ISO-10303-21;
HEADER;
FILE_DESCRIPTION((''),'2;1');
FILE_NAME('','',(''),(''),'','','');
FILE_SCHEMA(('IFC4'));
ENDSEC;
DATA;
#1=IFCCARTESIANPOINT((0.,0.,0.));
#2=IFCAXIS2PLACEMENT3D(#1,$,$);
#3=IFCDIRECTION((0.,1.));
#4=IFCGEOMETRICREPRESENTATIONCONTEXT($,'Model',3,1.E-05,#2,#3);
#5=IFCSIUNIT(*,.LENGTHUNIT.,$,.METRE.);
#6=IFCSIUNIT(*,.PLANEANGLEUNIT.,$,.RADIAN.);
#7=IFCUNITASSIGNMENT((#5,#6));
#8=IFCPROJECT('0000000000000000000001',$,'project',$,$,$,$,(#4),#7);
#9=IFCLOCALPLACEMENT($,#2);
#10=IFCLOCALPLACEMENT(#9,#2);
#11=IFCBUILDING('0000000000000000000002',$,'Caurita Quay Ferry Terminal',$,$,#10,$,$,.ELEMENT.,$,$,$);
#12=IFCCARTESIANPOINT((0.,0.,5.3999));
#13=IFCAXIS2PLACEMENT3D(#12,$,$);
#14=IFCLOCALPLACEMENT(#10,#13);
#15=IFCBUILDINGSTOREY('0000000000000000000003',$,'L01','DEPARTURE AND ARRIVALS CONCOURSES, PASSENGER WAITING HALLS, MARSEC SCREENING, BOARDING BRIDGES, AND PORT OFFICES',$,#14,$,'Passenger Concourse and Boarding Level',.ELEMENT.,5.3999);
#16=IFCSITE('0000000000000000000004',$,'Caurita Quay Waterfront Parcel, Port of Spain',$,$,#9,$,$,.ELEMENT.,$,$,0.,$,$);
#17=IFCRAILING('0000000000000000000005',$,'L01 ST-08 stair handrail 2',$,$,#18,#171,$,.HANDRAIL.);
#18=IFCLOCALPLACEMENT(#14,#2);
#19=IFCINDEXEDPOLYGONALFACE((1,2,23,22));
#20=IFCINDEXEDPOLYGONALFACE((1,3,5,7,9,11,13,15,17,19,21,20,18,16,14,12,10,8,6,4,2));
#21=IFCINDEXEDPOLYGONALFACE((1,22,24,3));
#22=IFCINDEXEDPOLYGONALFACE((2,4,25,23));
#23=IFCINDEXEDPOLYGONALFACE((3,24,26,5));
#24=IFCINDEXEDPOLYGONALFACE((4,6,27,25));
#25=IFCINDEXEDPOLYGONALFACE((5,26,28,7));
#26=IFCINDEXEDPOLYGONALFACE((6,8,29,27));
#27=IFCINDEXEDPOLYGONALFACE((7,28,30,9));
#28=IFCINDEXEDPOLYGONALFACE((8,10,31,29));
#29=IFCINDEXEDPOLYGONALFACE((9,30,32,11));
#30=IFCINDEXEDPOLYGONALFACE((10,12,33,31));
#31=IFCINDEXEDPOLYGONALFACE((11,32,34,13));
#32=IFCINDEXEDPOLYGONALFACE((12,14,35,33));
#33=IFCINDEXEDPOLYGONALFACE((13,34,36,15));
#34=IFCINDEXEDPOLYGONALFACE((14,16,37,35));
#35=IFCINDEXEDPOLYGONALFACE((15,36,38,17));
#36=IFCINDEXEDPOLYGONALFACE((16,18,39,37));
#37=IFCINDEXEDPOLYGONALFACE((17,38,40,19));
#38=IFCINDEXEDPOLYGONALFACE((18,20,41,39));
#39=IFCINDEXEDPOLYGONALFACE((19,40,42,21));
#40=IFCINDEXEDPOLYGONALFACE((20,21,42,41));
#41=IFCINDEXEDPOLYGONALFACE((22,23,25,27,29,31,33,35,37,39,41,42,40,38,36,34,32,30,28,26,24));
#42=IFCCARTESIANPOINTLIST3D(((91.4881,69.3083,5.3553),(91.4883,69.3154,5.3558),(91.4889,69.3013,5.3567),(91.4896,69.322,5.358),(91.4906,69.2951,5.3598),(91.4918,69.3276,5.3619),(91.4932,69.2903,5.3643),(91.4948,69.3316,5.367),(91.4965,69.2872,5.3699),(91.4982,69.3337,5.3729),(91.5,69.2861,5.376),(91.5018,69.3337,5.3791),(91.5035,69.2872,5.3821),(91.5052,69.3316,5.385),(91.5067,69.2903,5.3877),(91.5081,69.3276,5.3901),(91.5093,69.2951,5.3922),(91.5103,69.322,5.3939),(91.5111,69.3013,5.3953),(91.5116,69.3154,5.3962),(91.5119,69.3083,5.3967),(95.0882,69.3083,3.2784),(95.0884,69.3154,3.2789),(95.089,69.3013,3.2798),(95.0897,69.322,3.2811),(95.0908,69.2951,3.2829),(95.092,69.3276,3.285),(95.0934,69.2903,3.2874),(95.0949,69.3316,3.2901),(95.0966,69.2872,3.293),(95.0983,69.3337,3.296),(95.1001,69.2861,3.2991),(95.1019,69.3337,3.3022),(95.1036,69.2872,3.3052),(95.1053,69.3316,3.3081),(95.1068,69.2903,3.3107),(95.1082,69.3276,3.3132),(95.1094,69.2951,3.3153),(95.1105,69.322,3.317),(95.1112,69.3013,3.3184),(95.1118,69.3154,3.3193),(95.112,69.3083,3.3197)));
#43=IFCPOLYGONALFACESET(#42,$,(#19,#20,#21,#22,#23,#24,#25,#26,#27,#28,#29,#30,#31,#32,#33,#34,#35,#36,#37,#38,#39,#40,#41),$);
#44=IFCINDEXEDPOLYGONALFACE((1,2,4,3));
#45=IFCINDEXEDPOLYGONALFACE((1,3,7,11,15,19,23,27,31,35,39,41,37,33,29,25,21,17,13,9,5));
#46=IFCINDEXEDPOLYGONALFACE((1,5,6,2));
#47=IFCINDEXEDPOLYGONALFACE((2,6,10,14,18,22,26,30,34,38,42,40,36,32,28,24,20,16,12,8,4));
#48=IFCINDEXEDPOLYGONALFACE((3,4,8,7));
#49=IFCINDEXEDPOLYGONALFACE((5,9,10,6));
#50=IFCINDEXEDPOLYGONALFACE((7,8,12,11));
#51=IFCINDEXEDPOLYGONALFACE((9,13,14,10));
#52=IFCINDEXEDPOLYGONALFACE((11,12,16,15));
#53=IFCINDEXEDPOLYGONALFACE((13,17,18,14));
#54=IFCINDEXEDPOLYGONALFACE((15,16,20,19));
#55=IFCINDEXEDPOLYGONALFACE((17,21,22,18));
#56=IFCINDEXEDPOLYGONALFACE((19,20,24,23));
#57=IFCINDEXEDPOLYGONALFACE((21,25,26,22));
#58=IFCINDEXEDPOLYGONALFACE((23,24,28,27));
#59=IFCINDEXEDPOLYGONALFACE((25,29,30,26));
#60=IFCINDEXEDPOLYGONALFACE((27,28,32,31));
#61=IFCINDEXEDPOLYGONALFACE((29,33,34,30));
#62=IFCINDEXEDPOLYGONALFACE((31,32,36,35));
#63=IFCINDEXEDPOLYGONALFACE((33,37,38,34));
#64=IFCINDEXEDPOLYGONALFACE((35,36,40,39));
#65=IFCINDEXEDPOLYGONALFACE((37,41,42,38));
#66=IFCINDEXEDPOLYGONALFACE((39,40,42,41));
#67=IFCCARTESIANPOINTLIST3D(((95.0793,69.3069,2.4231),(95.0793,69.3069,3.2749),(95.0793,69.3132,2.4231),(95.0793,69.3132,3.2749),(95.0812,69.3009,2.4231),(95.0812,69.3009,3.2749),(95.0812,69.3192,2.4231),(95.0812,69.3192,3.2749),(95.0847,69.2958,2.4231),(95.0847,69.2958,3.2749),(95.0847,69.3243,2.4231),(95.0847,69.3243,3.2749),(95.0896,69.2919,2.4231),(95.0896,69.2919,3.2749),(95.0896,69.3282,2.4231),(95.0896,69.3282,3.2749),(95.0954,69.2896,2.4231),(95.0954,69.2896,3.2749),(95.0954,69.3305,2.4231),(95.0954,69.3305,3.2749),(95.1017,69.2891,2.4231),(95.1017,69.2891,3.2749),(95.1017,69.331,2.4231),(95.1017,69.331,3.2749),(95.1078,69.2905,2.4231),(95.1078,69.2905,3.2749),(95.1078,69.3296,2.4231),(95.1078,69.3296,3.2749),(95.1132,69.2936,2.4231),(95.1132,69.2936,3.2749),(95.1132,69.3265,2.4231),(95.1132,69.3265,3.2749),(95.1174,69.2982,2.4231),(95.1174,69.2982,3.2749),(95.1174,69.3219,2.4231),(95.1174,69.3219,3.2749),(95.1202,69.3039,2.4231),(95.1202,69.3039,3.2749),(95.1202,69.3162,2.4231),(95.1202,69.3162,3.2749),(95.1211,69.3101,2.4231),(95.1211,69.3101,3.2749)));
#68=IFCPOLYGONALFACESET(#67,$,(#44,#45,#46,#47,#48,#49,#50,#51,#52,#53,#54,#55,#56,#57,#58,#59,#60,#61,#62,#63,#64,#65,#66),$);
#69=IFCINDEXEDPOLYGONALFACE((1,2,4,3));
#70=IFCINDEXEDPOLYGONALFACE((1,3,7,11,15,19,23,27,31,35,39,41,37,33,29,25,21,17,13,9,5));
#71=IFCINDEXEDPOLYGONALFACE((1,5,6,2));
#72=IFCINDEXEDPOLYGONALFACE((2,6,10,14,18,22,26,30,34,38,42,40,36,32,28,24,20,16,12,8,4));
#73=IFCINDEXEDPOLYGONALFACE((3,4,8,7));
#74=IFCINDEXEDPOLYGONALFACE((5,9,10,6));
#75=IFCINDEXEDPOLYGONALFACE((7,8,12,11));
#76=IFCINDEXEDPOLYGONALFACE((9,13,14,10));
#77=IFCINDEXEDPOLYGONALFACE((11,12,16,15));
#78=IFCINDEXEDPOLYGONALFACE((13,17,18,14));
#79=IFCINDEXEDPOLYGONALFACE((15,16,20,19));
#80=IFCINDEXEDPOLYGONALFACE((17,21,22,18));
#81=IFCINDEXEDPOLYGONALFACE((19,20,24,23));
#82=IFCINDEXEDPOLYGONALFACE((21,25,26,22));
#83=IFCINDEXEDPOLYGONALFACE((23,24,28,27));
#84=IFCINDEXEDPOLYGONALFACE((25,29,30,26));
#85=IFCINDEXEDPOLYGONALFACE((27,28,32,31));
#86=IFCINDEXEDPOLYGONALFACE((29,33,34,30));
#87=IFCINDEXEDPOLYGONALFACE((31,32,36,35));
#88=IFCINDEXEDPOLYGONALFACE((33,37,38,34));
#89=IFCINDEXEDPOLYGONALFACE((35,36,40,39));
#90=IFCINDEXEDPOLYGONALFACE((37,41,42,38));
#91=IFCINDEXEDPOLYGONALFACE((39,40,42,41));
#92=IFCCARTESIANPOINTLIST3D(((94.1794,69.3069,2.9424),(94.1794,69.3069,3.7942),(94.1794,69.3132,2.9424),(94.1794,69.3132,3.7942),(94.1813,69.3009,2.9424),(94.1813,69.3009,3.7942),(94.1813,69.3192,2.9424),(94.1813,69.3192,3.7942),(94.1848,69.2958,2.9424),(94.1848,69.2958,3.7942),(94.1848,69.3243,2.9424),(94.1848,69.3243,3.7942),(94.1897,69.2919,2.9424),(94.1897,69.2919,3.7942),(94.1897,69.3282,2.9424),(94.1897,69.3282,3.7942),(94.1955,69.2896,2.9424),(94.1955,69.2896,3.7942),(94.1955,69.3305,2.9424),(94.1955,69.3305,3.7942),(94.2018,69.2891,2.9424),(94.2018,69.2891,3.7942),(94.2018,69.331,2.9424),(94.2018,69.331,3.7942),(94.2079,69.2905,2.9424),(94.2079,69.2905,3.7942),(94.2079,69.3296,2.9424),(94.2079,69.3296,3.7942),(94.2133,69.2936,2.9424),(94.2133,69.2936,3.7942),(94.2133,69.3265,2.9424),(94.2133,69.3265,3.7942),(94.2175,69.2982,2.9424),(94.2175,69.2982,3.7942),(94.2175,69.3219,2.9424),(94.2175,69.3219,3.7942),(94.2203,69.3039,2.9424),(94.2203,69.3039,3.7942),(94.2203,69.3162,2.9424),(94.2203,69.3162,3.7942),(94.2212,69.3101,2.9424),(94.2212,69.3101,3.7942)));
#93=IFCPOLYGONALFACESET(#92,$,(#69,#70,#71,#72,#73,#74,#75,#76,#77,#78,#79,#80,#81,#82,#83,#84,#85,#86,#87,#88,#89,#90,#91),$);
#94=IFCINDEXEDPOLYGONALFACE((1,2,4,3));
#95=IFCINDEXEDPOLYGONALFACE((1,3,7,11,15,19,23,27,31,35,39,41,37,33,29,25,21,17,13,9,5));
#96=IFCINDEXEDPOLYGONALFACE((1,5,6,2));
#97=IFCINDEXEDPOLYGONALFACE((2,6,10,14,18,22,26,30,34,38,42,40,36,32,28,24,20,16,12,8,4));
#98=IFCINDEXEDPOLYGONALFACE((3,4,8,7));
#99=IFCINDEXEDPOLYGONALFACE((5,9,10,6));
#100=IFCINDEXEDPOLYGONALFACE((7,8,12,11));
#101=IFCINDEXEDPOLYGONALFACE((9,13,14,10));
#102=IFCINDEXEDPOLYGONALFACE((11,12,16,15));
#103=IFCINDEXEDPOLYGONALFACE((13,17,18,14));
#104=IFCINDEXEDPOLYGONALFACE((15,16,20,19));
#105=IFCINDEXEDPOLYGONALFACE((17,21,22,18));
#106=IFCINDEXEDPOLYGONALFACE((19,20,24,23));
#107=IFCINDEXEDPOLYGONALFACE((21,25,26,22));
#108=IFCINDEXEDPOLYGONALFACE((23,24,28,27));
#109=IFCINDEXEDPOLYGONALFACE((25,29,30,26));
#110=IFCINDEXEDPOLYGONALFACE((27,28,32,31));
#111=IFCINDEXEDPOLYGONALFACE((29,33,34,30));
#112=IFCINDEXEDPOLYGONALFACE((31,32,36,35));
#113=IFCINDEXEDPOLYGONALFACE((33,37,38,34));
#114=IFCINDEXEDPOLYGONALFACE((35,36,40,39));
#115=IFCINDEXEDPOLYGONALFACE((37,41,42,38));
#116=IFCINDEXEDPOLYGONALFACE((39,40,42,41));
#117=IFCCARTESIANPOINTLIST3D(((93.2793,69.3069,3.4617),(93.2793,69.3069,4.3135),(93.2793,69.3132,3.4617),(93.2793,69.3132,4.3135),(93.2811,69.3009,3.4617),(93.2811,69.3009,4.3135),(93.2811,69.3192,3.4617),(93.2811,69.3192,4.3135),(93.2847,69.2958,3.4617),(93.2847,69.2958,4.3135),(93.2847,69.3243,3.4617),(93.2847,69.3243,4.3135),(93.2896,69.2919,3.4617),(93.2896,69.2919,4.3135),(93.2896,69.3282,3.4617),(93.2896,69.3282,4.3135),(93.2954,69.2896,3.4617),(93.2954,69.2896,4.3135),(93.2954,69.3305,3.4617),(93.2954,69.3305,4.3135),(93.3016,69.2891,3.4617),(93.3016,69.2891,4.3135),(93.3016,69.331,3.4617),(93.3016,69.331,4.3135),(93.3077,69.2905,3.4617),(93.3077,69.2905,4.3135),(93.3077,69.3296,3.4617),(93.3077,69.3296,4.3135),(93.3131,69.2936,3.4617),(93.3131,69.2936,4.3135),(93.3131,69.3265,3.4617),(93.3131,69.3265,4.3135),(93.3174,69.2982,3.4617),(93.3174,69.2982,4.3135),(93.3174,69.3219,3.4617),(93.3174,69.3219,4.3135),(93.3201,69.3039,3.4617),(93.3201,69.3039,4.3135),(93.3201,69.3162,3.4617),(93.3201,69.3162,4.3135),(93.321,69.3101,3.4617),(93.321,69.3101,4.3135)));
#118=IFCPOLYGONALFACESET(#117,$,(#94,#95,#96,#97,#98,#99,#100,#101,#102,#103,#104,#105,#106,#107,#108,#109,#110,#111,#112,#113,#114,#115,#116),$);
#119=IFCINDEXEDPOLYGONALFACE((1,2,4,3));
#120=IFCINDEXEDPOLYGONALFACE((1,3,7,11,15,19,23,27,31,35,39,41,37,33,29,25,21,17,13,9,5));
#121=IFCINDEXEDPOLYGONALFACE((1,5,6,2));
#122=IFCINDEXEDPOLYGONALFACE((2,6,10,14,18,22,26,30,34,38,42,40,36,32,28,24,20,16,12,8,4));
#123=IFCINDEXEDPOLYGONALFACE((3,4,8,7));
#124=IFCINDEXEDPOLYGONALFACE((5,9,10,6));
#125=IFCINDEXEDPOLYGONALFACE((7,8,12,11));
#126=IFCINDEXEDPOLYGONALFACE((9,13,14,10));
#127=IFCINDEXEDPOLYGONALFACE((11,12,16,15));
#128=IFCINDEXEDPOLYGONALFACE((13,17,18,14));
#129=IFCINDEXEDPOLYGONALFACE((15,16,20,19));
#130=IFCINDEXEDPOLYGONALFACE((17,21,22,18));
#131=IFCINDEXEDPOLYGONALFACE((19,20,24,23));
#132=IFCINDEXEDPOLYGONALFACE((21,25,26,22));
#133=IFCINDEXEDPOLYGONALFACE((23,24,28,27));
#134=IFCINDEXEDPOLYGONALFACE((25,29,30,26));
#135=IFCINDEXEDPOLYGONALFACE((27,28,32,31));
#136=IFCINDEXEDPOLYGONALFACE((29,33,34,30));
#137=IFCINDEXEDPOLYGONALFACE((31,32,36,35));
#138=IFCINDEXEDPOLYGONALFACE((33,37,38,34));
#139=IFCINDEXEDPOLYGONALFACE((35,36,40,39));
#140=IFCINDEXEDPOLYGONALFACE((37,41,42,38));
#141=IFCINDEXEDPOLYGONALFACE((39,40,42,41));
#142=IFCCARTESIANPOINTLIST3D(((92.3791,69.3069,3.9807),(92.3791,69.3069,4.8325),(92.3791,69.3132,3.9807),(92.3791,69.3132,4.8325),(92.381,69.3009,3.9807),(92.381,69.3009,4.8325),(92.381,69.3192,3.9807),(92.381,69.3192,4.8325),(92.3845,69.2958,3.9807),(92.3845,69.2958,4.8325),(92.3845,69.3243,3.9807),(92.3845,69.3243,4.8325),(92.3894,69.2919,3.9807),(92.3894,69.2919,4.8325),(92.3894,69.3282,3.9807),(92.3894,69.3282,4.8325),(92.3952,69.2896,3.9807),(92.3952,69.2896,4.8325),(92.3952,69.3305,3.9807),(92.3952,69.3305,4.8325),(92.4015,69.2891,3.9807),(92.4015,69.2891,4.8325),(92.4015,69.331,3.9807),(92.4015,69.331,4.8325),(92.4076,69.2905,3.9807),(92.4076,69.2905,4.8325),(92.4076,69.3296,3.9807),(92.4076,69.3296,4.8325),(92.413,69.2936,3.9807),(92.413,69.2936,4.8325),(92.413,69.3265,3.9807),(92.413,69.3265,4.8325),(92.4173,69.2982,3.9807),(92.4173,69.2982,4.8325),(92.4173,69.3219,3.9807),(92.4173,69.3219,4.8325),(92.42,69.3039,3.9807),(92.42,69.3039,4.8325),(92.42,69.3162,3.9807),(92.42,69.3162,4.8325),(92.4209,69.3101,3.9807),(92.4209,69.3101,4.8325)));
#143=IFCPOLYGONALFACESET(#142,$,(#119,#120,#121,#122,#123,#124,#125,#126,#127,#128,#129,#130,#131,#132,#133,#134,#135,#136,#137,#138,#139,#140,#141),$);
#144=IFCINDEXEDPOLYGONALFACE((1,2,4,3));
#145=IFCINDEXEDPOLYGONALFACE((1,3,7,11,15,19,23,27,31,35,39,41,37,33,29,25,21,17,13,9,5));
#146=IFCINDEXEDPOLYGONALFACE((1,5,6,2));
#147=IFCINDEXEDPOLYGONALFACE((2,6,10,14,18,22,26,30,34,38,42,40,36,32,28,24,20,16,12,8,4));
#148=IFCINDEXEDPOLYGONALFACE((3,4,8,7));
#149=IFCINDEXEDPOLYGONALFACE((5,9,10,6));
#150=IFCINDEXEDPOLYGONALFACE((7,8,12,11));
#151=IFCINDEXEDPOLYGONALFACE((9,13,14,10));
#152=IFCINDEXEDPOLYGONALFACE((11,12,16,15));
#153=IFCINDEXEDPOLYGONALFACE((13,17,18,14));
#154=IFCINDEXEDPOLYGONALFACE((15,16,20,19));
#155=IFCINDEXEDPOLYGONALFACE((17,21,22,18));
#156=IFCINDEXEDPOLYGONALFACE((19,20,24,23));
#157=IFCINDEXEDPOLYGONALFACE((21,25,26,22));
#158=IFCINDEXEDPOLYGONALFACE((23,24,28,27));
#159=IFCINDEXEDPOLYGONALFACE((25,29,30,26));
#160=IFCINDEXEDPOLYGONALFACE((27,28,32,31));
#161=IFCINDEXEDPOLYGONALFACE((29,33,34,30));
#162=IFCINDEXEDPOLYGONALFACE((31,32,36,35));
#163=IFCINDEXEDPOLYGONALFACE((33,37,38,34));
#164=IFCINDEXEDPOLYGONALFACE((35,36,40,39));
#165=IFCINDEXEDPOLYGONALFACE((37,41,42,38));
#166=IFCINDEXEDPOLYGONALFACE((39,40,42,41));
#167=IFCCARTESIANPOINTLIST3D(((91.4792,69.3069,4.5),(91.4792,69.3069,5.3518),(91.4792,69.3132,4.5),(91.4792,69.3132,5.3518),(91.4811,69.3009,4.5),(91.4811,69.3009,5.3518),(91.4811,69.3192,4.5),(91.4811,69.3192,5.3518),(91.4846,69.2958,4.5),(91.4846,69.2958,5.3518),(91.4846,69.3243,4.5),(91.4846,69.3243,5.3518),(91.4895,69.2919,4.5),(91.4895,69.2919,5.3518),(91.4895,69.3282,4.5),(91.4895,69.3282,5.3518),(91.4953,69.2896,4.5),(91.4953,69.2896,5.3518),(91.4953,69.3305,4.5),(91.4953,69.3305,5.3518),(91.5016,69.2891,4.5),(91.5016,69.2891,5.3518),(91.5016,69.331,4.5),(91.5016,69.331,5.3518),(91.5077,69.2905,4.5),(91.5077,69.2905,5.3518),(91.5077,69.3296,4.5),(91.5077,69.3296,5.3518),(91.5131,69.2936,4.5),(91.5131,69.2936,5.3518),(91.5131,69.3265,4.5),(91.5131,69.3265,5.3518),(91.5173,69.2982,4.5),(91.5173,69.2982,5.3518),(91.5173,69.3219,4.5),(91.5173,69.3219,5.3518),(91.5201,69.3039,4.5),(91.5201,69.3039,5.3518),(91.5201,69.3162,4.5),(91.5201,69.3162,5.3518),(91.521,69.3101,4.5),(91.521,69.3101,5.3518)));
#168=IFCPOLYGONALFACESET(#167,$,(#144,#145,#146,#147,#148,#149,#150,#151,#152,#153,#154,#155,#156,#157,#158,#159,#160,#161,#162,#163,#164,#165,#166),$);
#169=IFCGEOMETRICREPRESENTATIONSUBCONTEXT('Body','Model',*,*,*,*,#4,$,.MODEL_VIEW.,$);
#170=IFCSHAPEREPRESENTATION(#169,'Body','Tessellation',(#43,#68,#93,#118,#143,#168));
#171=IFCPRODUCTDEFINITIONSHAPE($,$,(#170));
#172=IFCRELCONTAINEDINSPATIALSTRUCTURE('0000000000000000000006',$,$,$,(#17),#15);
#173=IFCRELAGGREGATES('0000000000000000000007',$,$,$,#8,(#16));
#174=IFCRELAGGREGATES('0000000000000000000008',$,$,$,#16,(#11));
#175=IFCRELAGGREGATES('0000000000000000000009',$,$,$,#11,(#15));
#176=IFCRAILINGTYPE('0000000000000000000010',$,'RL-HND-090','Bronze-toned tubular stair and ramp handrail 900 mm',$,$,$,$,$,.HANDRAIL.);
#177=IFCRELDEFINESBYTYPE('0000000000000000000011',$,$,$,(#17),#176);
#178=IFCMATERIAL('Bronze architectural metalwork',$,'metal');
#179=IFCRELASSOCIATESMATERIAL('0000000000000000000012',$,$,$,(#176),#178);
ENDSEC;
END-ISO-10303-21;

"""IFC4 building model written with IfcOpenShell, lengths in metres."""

from ifc_helpers import new_model, si_unit, direction, frame, origin, origin_2d, place, context, subcontext, project, spatial, circle, extrude, material, type_object, element, save


model = new_model("IFC4")

# Units and contexts
model_context = context("Model", 3, precision=1e-05, world=origin(), true_north=direction((0.0, 1.0)))
body_context = subcontext(model_context, "Body", "Model", "MODEL_VIEW")
ifc_project = project(units=[si_unit("LENGTHUNIT", "METRE"), si_unit("PLANEANGLEUNIT", "RADIAN")], contexts=[model_context])

# Site, building, storey
site_placement = place(None, origin())
site = spatial("IfcSite", under=ifc_project, at=site_placement, Name="Caurita Quay Waterfront Parcel, Port of Spain", CompositionType="ELEMENT", RefElevation=0.0)
building_placement = place(site_placement, origin())
building = spatial("IfcBuilding", under=site, at=building_placement, Name="Caurita Quay Ferry Terminal", CompositionType="ELEMENT")
storey_placement = place(building_placement, frame((0.0, 0.0, 5.3999)))
storey = spatial("IfcBuildingStorey", under=building, at=storey_placement, Name="L01", Description="DEPARTURE AND ARRIVALS CONCOURSES, PASSENGER WAITING HALLS, MARSEC SCREENING, BOARDING BRIDGES, AND PORT OFFICES", LongName="Passenger Concourse and Boarding Level", CompositionType="ELEMENT", Elevation=5.3999)

# Railing
ifc_material_1 = material(Name="Bronze architectural metalwork", Category="metal")
railing_type_1 = type_object("IfcRailingType", Name="RL-HND-090", Description="Bronze-toned tubular stair and ramp handrail 900 mm", PredefinedType="HANDRAIL", material=ifc_material_1)
railing_1_placement = place(storey_placement, frame((95.1001, 69.3101, 2.4231)))
element("IfcRailing", 1, at=railing_1_placement, inside=storey, type_object=railing_type_1, Name="L01 ST-08 stair handrail 2", PredefinedType="HANDRAIL", context=body_context, shape_type="SweptSolid", body=[
    extrude(circle(Radius=0.0239, at=origin_2d()), frame((0.0, 0.0, 0.876), z_axis=(-0.866193, 0.0, 0.499709), x_axis=(0.0, -1.0, 0.0)), (0.0, 0.0, 1.0), 4.1562),
    extrude(circle(Radius=0.021, at=origin_2d()), origin(), (0.0, 0.0, 1.0), 0.8518),
    extrude(circle(Radius=0.021, at=origin_2d()), frame((-0.8999, 0.0, 0.5193)), (0.0, 0.0, 1.0), 0.8518),
    extrude(circle(Radius=0.021, at=origin_2d()), frame((-1.8, 0.0, 1.0386)), (0.0, 0.0, 1.0), 0.8518),
    extrude(circle(Radius=0.021, at=origin_2d()), frame((-2.7002, 0.0, 1.5576)), (0.0, 0.0, 1.0), 0.8518),
    extrude(circle(Radius=0.021, at=origin_2d()), frame((-3.6001, 0.0, 2.0769)), (0.0, 0.0, 1.0), 0.8518),
])

save(model, "model.ifc")
